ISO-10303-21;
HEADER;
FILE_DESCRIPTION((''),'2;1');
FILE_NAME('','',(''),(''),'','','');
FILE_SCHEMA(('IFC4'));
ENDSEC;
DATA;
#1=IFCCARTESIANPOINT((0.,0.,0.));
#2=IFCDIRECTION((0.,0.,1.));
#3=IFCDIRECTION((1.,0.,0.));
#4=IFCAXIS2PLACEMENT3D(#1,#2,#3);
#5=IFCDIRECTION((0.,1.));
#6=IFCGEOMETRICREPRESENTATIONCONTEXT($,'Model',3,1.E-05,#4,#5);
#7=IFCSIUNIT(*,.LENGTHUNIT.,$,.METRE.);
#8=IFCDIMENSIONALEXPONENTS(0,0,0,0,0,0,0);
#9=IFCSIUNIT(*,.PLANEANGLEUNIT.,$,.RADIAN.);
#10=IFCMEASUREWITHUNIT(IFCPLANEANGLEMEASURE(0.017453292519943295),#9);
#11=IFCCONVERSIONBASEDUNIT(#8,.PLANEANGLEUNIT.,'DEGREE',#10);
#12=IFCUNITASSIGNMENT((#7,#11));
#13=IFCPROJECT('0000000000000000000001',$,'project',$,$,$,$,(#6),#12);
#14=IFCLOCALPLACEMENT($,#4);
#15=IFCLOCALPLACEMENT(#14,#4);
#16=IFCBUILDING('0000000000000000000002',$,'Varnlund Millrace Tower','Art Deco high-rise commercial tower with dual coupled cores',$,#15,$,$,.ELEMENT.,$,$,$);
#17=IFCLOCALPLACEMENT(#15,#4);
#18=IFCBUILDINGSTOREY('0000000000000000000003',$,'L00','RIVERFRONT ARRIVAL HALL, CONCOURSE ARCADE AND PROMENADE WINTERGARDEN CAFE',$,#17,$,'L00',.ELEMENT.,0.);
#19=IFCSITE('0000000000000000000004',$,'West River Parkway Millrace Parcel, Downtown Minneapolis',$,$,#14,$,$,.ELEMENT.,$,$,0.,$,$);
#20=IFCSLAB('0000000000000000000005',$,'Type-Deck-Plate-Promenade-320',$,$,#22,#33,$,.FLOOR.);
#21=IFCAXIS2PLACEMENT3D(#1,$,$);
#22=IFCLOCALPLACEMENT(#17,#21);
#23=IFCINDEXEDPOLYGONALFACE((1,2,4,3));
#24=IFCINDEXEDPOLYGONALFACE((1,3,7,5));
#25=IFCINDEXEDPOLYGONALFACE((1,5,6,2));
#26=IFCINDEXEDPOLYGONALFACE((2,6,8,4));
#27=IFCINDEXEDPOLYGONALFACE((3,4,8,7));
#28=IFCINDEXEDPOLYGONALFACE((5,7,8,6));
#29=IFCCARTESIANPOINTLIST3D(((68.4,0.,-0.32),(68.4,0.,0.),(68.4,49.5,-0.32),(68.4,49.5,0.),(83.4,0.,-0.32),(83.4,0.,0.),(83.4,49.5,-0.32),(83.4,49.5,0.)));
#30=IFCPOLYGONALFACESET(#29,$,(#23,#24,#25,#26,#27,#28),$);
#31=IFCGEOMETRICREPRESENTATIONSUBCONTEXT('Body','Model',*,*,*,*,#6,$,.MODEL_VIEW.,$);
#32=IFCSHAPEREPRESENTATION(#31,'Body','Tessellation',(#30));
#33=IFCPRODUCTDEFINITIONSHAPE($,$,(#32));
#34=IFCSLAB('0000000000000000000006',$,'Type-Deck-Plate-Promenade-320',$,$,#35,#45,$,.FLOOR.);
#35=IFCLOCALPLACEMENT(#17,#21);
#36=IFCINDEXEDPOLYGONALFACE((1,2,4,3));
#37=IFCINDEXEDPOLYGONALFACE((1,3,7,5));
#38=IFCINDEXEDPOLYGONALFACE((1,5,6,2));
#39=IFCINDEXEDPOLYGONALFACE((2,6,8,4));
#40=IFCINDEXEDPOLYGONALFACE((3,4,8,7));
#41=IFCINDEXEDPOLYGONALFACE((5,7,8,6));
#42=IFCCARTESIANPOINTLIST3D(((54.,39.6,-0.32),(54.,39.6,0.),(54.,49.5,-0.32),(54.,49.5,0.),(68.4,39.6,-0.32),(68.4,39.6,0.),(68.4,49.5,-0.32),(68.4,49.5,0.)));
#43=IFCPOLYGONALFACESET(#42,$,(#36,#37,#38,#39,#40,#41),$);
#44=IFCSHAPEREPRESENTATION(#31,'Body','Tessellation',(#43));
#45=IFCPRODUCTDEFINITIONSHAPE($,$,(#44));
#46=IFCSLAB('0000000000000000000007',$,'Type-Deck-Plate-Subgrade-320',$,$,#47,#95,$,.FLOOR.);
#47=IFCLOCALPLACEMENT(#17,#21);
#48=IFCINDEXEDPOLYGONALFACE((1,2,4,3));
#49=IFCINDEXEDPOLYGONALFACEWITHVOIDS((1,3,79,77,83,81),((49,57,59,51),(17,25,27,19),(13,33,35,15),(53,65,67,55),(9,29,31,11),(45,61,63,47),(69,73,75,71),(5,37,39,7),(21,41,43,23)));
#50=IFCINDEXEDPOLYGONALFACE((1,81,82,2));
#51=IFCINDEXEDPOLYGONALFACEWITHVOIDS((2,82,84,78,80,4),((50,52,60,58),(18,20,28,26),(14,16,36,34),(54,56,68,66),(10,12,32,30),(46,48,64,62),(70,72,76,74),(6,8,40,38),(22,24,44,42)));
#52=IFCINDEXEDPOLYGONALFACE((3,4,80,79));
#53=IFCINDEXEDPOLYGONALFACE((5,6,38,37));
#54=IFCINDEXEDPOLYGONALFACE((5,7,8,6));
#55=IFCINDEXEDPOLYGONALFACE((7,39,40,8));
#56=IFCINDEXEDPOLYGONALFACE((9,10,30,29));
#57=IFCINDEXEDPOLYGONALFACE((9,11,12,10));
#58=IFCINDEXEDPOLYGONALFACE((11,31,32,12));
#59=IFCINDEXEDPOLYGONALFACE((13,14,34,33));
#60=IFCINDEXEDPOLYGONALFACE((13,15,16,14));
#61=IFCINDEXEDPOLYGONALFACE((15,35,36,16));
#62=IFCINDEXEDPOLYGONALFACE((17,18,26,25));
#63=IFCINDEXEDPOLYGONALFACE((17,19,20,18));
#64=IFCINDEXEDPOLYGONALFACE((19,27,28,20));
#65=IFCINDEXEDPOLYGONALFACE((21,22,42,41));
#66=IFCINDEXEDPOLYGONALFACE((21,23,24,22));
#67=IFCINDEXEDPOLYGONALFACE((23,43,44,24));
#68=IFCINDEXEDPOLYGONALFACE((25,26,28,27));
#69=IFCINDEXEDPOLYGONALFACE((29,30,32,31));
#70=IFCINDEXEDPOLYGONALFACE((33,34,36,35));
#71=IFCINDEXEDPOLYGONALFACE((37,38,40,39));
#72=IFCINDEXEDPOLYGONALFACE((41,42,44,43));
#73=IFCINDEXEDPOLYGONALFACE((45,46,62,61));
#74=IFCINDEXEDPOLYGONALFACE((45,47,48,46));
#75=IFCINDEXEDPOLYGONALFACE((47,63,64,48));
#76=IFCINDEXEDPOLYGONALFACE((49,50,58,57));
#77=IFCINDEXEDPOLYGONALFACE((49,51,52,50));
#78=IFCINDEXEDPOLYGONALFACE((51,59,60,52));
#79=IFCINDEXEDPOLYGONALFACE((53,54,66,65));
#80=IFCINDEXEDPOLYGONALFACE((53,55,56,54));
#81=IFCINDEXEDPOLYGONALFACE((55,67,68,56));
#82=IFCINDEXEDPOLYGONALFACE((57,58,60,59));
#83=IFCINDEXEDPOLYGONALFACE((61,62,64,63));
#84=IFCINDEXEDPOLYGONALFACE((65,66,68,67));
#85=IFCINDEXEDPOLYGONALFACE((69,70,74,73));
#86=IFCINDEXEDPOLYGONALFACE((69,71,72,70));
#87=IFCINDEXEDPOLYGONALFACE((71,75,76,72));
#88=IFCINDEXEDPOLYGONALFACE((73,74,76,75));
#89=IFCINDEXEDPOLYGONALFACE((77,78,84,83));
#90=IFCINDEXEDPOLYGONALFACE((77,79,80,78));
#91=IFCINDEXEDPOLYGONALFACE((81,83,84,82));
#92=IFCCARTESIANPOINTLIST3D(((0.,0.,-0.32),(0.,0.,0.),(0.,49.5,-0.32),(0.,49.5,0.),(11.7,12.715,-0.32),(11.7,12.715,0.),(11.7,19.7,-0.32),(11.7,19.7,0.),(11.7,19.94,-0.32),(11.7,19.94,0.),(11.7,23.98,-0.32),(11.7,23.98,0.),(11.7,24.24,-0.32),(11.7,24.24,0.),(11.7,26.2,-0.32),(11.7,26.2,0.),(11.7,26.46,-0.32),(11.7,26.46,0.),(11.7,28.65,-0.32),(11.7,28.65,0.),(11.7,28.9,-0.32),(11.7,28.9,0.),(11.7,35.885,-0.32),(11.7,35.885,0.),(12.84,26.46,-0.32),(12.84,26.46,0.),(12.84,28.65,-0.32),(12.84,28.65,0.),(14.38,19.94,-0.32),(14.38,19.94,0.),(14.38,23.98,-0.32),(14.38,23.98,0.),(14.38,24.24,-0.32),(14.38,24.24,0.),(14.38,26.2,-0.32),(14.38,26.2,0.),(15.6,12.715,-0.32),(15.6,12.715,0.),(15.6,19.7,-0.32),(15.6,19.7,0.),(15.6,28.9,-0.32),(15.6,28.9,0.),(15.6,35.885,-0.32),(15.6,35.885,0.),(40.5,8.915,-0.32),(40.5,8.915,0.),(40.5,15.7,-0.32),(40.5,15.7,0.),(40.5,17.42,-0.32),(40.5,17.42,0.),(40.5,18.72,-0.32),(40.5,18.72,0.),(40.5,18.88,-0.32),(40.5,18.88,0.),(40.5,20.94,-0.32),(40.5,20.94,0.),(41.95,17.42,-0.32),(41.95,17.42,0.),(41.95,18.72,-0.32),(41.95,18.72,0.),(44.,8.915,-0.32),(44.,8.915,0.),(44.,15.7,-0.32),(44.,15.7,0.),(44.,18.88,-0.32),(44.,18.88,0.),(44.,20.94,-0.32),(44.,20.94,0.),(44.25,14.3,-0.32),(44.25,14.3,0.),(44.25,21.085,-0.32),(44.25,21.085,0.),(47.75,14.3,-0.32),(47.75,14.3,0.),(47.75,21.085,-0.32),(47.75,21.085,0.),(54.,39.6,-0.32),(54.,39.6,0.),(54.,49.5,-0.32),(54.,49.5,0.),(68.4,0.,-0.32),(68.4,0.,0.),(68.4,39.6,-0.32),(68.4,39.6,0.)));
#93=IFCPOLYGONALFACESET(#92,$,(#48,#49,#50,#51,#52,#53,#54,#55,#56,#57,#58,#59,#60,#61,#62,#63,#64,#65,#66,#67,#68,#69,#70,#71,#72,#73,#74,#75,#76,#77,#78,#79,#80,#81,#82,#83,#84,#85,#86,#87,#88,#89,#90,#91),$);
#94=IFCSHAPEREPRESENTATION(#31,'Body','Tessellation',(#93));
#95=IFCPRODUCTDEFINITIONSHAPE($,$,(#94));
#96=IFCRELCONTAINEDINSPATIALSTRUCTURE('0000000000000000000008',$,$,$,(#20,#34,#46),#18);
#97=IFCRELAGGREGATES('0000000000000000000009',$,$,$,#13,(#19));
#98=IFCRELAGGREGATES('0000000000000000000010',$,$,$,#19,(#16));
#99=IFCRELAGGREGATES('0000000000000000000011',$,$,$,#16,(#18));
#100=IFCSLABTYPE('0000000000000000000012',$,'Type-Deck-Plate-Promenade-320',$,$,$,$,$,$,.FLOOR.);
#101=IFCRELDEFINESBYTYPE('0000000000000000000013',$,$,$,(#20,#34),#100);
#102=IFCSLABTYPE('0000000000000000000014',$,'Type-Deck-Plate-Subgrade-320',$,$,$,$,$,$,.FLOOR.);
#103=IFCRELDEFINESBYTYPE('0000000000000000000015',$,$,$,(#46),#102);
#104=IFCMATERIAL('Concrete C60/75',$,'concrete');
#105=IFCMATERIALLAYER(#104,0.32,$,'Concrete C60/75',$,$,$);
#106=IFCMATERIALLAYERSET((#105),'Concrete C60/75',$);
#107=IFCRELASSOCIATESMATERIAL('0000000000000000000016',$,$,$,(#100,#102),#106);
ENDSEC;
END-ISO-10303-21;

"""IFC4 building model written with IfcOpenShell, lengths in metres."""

from ifc_helpers import new_model, entity, si_unit, converted_unit, direction, frame, origin_with_axes, place, context, subcontext, project, spatial, polyline, outline, extrude, material, layer, layer_set, type_object, element, save


model = new_model("IFC4")

# Units and contexts
model_context = context("Model", 3, precision=1e-05, world=origin_with_axes(), true_north=direction((0.0, 1.0)))
body_context = subcontext(model_context, "Body", "Model", "MODEL_VIEW")
ifc_project = project(units=[si_unit("LENGTHUNIT", "METRE"), converted_unit("PLANEANGLEUNIT", "DEGREE", entity("IfcPlaneAngleMeasure", 0.017453292519943295), si_unit("PLANEANGLEUNIT", "RADIAN"), dimensions=[0, 0, 0, 0, 0, 0, 0])], contexts=[model_context])

# Site, building, storey
site_placement = place(None, origin_with_axes())
site = spatial("IfcSite", under=ifc_project, at=site_placement, Name="West River Parkway Millrace Parcel, Downtown Minneapolis", CompositionType="ELEMENT", RefElevation=0.0)
building_placement = place(site_placement, origin_with_axes())
building = spatial("IfcBuilding", under=site, at=building_placement, Name="Varnlund Millrace Tower", Description="Art Deco high-rise commercial tower with dual coupled cores", CompositionType="ELEMENT")
storey_placement = place(building_placement, origin_with_axes())
storey = spatial("IfcBuildingStorey", under=building, at=storey_placement, Name="L00", Description="RIVERFRONT ARRIVAL HALL, CONCOURSE ARCADE AND PROMENADE WINTERGARDEN CAFE", LongName="L00", CompositionType="ELEMENT", Elevation=0.0)

# Slabs
ifc_material_1 = material(Name="Concrete C60/75", Category="concrete")
ifc_layer = layer(ifc_material_1, 0.32, Name="Concrete C60/75")
ifc_layer_set = layer_set([ifc_layer], Name="Concrete C60/75")
slab_type_1 = type_object("IfcSlabType", Name="Type-Deck-Plate-Promenade-320", PredefinedType="FLOOR", material=ifc_layer_set)
slab_1_placement = place(storey_placement, frame((0.0, 0.0, -0.32), z_axis=(0.0, 0.0, 1.0), x_axis=(1.0, 0.0, 0.0)))
element("IfcSlab", 1, at=slab_1_placement, inside=storey, type_object=slab_type_1, Name="Type-Deck-Plate-Promenade-320", PredefinedType="FLOOR", context=body_context, shape_type="SweptSolid", body=[
    extrude(outline(polyline([(83.4, 0.0), (83.4, 49.5), (68.4, 49.5), (68.4, 0.0), (83.4, 0.0)])), origin_with_axes(), (0.0, 0.0, 1.0), 0.32),
])
slab_2_placement = place(storey_placement, frame((0.0, 0.0, -0.32), z_axis=(0.0, 0.0, 1.0), x_axis=(1.0, 0.0, 0.0)))
element("IfcSlab", 2, at=slab_2_placement, inside=storey, type_object=slab_type_1, Name="Type-Deck-Plate-Promenade-320", PredefinedType="FLOOR", context=body_context, shape_type="SweptSolid", body=[
    extrude(outline(polyline([(68.4, 39.6), (68.4, 49.5), (54.0, 49.5), (54.0, 39.6), (68.4, 39.6)])), origin_with_axes(), (0.0, 0.0, 1.0), 0.32),
])
slab_type_2 = type_object("IfcSlabType", Name="Type-Deck-Plate-Subgrade-320", PredefinedType="FLOOR", material=ifc_layer_set)
slab_3_placement = place(storey_placement, frame((0.0, 0.0, -0.32), z_axis=(0.0, 0.0, 1.0), x_axis=(1.0, 0.0, 0.0)))
element("IfcSlab", 3, at=slab_3_placement, inside=storey, type_object=slab_type_2, Name="Type-Deck-Plate-Subgrade-320", PredefinedType="FLOOR", context=body_context, shape_type="SweptSolid", body=[
    extrude(outline(polyline([(68.4, 39.6), (54.0, 39.6), (54.0, 49.5), (0.0, 49.5), (0.0, 0.0), (68.4, 0.0), (68.4, 39.6)]), holes=[polyline([(44.0, 15.7), (44.0, 8.915), (40.5, 8.915), (40.5, 15.7), (44.0, 15.7)]), polyline([(15.6, 19.7), (15.6, 12.715), (11.7, 12.715), (11.7, 19.7), (15.6, 19.7)]), polyline([(47.75, 21.085), (47.75, 14.3), (44.25, 14.3), (44.25, 21.085), (47.75, 21.085)]), polyline([(41.95, 17.42), (40.5, 17.42), (40.5, 18.72), (41.95, 18.72), (41.95, 17.42)]), polyline([(44.0, 18.88), (40.5, 18.88), (40.5, 20.94), (44.0, 20.94), (44.0, 18.88)]), polyline([(11.7, 19.94), (11.7, 23.98), (14.38, 23.98), (14.38, 19.94), (11.7, 19.94)]), polyline([(14.38, 26.2), (14.38, 24.24), (11.7, 24.24), (11.7, 26.2), (14.38, 26.2)]), polyline([(12.84, 26.46), (11.7, 26.46), (11.7, 28.65), (12.84, 28.65), (12.84, 26.46)]), polyline([(15.6, 28.9), (11.7, 28.9), (11.7, 35.885), (15.6, 35.885), (15.6, 28.9)])]), origin_with_axes(), (0.0, 0.0, 1.0), 0.32),
])

save(model, "model.ifc")
